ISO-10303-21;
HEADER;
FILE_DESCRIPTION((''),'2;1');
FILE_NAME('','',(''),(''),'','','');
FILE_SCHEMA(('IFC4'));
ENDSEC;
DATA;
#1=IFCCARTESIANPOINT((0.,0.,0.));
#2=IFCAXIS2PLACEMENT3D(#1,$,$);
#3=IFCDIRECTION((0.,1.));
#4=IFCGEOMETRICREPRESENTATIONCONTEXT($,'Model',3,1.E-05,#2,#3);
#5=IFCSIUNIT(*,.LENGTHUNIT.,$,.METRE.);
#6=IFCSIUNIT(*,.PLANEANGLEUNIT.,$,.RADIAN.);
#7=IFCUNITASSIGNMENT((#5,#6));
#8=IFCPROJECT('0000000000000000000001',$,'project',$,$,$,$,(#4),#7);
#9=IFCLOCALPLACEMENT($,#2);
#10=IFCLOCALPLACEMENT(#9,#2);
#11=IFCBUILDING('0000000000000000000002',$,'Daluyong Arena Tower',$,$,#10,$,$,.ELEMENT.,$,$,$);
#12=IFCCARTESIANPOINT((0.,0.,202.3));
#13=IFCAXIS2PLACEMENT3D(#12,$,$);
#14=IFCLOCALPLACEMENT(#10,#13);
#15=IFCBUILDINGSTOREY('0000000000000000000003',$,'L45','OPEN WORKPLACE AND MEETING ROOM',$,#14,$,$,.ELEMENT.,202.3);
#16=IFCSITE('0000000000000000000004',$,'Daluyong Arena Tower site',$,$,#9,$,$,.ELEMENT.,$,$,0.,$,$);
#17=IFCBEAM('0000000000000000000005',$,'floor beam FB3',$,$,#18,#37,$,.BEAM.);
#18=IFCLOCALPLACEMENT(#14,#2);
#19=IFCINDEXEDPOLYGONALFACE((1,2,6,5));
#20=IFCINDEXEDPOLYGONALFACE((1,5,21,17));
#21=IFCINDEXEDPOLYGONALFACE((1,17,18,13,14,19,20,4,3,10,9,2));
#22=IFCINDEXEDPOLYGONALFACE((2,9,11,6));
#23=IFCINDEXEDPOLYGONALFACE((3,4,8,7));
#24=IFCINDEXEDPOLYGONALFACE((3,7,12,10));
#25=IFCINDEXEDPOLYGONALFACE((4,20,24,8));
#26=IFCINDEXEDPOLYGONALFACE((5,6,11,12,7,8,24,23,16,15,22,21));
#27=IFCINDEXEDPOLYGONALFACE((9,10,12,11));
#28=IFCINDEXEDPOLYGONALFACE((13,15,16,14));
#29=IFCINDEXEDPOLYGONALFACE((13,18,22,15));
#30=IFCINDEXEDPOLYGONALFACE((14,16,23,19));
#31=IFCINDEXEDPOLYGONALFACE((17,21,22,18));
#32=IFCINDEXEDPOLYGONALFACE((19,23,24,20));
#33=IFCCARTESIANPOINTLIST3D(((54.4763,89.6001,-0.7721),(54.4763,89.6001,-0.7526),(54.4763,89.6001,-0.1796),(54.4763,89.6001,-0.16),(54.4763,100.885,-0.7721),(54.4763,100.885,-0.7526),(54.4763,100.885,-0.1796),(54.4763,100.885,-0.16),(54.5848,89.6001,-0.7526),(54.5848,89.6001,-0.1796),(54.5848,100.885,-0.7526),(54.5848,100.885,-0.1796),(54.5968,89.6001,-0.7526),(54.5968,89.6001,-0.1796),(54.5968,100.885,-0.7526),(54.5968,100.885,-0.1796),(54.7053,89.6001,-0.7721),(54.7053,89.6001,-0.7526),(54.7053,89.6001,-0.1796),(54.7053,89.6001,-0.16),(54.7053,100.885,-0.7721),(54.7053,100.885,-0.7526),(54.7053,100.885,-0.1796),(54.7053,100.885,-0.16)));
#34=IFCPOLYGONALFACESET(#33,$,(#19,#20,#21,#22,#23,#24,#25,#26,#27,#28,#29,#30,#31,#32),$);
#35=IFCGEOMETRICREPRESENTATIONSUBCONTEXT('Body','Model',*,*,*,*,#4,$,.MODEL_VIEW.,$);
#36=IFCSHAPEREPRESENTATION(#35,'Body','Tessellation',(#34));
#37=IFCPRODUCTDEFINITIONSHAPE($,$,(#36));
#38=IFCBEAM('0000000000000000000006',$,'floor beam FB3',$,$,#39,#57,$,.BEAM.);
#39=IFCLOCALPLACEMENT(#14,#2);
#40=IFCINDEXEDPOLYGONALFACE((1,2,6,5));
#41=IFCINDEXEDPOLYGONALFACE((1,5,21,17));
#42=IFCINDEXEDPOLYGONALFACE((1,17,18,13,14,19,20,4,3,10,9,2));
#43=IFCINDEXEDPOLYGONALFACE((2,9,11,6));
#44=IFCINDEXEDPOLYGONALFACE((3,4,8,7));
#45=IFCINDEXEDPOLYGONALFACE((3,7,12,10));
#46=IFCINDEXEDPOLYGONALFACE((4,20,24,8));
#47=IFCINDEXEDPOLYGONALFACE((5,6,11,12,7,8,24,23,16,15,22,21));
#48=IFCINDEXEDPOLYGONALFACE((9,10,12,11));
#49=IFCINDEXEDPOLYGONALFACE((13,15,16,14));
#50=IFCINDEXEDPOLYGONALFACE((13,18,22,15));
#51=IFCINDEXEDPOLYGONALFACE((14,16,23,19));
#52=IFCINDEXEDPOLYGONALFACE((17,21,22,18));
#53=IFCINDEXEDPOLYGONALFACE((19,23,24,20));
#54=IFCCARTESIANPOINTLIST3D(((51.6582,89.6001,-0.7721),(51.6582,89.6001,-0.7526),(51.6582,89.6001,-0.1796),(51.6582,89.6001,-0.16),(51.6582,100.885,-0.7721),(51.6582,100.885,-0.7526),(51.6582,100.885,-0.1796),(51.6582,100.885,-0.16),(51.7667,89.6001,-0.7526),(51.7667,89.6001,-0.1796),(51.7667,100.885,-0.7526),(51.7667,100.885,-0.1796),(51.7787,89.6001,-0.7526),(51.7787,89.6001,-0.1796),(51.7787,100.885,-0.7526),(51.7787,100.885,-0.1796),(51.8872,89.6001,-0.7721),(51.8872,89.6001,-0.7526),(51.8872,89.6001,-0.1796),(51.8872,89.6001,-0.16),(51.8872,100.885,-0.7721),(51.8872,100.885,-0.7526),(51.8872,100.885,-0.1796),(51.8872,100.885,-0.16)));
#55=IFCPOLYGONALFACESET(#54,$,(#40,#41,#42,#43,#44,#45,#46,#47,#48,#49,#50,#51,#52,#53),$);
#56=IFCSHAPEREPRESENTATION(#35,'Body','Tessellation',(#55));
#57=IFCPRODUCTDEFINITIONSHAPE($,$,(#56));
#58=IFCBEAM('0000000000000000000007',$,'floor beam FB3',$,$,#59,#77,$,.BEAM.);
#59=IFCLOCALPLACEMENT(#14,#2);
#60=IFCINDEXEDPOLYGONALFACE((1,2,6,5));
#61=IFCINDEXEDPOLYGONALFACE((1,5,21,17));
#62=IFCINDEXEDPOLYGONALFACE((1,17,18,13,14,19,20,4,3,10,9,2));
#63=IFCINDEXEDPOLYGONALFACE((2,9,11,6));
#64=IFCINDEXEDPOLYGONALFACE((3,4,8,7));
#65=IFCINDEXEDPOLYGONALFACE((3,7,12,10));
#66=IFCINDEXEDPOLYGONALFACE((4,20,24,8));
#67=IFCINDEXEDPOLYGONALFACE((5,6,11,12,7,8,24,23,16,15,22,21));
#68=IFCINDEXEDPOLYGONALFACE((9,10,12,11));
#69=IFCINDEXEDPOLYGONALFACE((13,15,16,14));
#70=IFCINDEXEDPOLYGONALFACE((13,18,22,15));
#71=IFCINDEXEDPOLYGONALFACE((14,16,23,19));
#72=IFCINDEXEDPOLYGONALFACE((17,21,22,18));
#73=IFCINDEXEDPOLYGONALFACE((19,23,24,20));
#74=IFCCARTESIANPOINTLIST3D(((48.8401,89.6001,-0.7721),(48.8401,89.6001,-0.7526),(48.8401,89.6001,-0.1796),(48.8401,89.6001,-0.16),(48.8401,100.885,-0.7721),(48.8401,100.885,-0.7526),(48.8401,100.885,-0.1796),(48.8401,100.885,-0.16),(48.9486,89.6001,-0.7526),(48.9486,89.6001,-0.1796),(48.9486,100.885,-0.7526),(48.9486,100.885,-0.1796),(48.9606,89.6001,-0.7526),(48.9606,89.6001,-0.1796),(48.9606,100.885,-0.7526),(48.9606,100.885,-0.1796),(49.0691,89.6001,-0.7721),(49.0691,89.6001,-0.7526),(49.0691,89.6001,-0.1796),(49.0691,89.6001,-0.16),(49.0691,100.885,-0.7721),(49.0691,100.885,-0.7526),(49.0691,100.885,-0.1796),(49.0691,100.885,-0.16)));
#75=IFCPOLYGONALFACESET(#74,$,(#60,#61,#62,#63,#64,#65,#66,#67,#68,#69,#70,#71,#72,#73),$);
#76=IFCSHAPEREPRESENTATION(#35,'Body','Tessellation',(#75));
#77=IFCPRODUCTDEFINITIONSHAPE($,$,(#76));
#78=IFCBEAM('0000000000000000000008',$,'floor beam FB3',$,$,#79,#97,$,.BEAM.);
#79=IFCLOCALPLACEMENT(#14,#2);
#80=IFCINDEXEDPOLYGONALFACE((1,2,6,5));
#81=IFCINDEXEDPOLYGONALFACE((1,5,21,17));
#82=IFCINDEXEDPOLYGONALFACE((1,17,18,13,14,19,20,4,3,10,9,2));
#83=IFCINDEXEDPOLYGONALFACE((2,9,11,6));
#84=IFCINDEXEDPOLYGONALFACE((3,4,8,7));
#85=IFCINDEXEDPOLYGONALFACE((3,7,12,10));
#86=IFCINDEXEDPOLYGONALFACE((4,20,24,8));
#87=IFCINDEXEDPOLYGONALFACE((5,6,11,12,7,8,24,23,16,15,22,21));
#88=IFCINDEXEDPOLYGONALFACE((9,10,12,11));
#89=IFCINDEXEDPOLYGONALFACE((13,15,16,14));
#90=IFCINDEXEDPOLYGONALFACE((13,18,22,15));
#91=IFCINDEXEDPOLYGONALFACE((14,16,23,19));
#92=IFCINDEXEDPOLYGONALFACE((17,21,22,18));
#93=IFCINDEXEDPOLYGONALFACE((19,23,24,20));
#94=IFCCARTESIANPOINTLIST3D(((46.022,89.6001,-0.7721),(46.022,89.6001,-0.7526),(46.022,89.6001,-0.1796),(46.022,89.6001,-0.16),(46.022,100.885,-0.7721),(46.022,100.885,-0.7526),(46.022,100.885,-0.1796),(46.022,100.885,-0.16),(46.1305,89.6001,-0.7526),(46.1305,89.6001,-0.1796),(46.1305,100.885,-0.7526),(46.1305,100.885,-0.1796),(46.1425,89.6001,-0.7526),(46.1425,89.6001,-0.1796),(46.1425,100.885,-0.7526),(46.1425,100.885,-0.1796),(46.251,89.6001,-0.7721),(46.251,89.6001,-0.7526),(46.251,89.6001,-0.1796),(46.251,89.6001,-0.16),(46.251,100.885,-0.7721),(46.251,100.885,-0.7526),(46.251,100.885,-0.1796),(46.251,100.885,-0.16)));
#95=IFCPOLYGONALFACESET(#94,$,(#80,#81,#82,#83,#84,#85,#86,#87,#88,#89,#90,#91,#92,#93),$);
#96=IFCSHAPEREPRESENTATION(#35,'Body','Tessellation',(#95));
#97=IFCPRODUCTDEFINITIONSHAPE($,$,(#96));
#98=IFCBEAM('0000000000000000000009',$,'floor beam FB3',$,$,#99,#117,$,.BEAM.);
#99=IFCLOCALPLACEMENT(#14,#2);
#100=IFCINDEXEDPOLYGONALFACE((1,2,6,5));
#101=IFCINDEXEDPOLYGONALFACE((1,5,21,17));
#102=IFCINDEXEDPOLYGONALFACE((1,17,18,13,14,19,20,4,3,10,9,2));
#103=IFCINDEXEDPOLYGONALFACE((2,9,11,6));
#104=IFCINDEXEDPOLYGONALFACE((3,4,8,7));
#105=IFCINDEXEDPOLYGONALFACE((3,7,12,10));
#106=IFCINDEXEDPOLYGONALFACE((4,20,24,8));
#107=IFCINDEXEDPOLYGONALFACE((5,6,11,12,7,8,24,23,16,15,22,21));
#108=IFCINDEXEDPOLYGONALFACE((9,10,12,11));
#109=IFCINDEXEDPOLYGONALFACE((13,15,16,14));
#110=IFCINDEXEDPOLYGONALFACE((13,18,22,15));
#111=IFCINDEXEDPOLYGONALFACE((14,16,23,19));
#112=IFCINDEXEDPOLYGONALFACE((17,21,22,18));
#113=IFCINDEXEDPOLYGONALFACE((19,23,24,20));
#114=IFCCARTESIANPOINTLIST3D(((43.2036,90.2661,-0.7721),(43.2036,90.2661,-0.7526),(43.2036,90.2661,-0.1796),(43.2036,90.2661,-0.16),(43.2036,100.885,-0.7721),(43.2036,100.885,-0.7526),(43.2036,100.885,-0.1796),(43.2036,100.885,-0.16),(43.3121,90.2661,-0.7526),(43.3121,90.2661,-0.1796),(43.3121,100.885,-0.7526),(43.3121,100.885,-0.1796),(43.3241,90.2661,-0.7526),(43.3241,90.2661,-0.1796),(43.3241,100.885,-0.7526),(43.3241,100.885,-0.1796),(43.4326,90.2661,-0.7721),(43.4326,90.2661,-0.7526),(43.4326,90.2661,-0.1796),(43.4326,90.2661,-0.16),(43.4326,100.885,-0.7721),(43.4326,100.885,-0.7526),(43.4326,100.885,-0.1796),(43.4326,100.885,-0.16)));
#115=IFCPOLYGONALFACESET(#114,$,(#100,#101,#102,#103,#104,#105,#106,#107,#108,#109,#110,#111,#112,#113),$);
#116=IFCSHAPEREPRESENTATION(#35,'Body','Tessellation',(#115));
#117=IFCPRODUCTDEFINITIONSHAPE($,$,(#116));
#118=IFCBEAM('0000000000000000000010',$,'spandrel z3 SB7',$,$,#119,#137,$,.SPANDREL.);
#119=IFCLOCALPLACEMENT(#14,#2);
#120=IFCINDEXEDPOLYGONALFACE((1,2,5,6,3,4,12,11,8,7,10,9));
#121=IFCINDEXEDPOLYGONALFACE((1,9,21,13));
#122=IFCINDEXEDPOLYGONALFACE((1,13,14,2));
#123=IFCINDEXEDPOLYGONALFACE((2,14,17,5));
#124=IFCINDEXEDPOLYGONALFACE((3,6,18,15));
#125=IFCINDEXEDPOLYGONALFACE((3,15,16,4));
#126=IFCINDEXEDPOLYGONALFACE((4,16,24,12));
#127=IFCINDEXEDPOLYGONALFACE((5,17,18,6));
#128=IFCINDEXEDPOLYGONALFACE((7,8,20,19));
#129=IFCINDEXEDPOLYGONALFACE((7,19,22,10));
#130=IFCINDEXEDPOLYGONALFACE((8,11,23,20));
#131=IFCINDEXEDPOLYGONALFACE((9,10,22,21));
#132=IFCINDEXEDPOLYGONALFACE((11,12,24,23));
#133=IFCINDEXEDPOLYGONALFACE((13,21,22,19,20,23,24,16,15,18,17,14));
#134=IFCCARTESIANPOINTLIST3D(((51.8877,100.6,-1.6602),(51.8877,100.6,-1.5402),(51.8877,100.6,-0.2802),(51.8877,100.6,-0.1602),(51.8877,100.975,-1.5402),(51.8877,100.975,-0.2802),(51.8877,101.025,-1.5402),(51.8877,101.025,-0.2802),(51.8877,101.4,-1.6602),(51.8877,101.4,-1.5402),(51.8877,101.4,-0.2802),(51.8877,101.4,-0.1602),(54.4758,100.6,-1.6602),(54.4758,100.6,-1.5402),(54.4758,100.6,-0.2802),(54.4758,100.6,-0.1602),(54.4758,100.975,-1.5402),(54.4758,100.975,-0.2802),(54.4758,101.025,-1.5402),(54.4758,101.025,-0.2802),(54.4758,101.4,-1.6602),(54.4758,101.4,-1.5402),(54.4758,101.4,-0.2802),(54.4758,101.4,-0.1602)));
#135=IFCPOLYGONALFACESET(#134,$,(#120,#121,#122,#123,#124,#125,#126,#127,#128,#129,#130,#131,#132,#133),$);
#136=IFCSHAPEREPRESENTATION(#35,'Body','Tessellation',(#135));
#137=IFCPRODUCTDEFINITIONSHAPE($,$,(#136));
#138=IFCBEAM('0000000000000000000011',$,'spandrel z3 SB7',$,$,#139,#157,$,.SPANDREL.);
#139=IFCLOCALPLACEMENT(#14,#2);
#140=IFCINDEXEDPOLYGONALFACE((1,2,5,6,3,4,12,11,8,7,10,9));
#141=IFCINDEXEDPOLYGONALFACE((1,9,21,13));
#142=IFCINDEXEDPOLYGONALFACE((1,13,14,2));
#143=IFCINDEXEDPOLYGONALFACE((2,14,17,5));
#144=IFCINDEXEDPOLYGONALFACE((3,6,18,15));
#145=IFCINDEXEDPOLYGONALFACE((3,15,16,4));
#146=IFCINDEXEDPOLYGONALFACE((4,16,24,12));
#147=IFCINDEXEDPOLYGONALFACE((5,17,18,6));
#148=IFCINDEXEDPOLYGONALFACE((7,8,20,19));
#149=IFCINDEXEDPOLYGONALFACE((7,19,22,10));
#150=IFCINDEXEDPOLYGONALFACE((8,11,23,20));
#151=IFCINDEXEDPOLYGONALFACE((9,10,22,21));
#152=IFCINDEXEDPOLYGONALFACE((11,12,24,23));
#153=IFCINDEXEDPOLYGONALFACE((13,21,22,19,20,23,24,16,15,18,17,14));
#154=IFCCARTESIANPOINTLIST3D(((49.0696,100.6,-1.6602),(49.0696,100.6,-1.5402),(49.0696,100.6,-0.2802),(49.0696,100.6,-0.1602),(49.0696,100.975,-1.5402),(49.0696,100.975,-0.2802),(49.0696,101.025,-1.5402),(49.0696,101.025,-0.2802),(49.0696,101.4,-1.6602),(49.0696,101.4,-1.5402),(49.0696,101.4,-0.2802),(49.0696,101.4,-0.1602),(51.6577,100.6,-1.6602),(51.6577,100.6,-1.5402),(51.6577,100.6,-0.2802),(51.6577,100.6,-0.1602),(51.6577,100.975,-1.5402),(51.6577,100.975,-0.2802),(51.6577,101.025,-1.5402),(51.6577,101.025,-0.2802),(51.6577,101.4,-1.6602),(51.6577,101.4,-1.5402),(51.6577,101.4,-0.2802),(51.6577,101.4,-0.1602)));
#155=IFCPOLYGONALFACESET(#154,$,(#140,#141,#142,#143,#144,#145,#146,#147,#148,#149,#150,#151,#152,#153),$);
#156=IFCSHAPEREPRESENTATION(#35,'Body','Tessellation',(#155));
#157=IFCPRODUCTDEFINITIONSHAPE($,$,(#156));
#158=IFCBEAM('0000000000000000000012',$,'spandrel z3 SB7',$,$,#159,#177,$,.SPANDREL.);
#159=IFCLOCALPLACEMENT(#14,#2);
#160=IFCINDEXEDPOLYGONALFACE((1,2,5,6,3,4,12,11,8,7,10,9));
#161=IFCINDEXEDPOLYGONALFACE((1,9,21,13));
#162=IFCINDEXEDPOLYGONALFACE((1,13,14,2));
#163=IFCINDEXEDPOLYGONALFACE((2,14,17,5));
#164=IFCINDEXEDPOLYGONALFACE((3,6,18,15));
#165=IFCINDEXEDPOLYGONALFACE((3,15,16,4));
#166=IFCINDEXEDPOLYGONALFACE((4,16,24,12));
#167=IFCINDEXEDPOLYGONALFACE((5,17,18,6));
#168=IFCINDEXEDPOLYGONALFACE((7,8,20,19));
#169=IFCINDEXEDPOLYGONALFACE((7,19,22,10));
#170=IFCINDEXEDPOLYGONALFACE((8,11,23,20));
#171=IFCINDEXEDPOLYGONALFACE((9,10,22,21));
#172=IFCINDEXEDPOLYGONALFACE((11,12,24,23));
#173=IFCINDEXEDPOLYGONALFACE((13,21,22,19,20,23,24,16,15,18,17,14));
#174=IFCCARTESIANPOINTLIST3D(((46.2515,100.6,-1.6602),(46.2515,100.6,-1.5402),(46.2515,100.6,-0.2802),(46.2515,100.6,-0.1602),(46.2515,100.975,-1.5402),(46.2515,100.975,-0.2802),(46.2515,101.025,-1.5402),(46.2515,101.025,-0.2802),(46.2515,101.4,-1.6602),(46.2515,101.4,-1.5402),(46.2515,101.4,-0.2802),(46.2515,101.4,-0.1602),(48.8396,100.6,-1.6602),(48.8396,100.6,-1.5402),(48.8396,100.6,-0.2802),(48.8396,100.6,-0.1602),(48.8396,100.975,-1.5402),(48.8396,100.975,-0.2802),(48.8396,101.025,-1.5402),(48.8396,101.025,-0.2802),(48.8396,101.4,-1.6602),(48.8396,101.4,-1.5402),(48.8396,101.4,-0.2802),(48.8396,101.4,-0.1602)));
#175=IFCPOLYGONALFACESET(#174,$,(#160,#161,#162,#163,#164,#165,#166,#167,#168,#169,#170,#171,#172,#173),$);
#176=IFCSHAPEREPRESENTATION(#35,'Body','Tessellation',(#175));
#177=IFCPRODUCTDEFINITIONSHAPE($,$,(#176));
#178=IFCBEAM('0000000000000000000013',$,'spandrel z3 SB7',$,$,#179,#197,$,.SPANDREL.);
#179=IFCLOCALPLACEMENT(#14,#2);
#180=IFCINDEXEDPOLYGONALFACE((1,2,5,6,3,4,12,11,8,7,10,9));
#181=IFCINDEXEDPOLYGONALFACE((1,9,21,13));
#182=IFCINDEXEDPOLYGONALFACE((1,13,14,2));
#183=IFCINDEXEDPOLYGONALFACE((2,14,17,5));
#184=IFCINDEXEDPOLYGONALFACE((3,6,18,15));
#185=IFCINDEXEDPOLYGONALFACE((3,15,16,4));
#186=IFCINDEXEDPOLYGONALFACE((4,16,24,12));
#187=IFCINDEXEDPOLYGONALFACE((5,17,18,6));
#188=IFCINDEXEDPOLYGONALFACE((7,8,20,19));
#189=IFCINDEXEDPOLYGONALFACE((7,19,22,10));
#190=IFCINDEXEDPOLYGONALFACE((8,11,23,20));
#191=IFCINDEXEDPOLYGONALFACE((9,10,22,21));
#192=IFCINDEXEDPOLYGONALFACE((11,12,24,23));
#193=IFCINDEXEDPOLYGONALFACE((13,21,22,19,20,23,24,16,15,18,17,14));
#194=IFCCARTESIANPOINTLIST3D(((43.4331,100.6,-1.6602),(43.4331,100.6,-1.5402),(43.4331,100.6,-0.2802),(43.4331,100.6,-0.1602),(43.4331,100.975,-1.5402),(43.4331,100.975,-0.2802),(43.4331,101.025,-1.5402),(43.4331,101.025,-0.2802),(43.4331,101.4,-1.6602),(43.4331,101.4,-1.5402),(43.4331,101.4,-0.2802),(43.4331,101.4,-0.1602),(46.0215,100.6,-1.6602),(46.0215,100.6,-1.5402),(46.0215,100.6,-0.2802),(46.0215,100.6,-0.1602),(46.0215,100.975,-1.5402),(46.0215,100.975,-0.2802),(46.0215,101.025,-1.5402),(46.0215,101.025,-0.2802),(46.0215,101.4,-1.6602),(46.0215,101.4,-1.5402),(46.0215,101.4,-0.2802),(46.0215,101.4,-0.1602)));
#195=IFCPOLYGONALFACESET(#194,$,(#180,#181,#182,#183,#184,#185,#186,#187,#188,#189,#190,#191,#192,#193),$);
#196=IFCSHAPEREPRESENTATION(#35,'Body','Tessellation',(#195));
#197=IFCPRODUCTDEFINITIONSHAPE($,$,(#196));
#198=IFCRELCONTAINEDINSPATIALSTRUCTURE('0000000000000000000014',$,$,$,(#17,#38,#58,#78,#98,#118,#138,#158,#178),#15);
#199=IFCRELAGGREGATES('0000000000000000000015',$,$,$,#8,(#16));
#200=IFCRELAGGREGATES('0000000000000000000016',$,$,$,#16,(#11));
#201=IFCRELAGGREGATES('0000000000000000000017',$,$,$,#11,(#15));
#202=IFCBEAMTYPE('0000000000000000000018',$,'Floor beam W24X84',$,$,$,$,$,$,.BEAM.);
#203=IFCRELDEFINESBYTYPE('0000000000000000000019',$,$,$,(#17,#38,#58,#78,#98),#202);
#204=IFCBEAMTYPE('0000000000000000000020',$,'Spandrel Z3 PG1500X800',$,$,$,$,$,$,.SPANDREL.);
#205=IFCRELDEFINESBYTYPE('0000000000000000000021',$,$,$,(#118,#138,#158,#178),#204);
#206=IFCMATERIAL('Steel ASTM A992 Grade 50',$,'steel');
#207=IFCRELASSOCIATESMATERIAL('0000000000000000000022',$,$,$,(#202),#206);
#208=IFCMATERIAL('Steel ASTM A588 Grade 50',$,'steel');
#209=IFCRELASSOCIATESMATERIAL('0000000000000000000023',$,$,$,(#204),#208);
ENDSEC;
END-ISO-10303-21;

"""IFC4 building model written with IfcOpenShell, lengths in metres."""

from ifc_helpers import new_model, si_unit, direction, frame, origin, origin_2d, place, context, subcontext, project, spatial, i_section, extrude, material, material_profile, profile_set, type_object, element, save


model = new_model("IFC4")

# Units and contexts
model_context = context("Model", 3, precision=1e-05, world=origin(), true_north=direction((0.0, 1.0)))
body_context = subcontext(model_context, "Body", "Model", "MODEL_VIEW")
ifc_project = project(units=[si_unit("LENGTHUNIT", "METRE"), si_unit("PLANEANGLEUNIT", "RADIAN")], contexts=[model_context])

# Site, building, storey
site_placement = place(None, origin())
site = spatial("IfcSite", under=ifc_project, at=site_placement, Name="Daluyong Arena Tower site", CompositionType="ELEMENT", RefElevation=0.0)
building_placement = place(site_placement, origin())
building = spatial("IfcBuilding", under=site, at=building_placement, Name="Daluyong Arena Tower", CompositionType="ELEMENT")
storey_placement = place(building_placement, frame((0.0, 0.0, 202.3)))
storey = spatial("IfcBuildingStorey", under=building, at=storey_placement, Name="L45", Description="OPEN WORKPLACE AND MEETING ROOM", CompositionType="ELEMENT", Elevation=202.3)

# Beams
ifc_material_1 = material(Name="Steel ASTM A992 Grade 50", Category="steel")
ifc_material_profile_1 = material_profile(ifc_material_1, i_section(OverallWidth=0.229, OverallDepth=0.6121, WebThickness=0.012, FlangeThickness=0.0195, at=origin_2d()))
ifc_profile_set_1 = profile_set([ifc_material_profile_1], Name="Steel ASTM A992 Grade 50")
beam_type_1 = type_object("IfcBeamType", Name="Floor beam W24X84", PredefinedType="BEAM", material=ifc_profile_set_1)
for number, where, z_axis, x_axis, name in (
    (1, (54.5908, 100.885, -0.4661), (0.0, -1.0, 0.0), (1.0, 0.0, 0.0), "floor beam FB3"),
    (2, (51.7727, 100.885, -0.4661), (0.0, -1.0, 0.0), (1.0, 0.0, 0.0), "floor beam FB3"),
    (3, (48.9546, 100.885, -0.4661), (0.0, -1.0, 0.0), (1.0, 0.0, 0.0), "floor beam FB3"),
    (4, (46.1365, 100.885, -0.4661), (0.0, -1.0, 0.0), (1.0, 0.0, 0.0), "floor beam FB3"),
):
    element("IfcBeam", number, at=place(storey_placement, frame(where, z_axis=z_axis, x_axis=x_axis)), inside=storey, type_object=beam_type_1, Name=name, PredefinedType="BEAM", context=body_context, shape_type="SweptSolid", body=[
        extrude(i_section(OverallWidth=0.229, OverallDepth=0.6121, WebThickness=0.012, FlangeThickness=0.0195, at=origin_2d()), origin(), (0.0, 0.0, 1.0), 11.2849),
    ])
beam_1_placement = place(storey_placement, frame((43.3181, 100.885, -0.4661), z_axis=(0.0, -1.0, 0.0), x_axis=(1.0, 0.0, 0.0)))
element("IfcBeam", 5, at=beam_1_placement, inside=storey, type_object=beam_type_1, Name="floor beam FB3", PredefinedType="BEAM", context=body_context, shape_type="SweptSolid", body=[
    extrude(i_section(OverallWidth=0.229, OverallDepth=0.6121, WebThickness=0.012, FlangeThickness=0.0195, at=origin_2d()), origin(), (0.0, 0.0, 1.0), 10.6189),
])
ifc_material_2 = material(Name="Steel ASTM A588 Grade 50", Category="steel")
ifc_material_profile_2 = material_profile(ifc_material_2, i_section(OverallWidth=0.8, OverallDepth=1.5, WebThickness=0.05, FlangeThickness=0.12, at=origin_2d()))
ifc_profile_set_2 = profile_set([ifc_material_profile_2], Name="Steel ASTM A588 Grade 50")
beam_type_2 = type_object("IfcBeamType", Name="Spandrel Z3 PG1500X800", PredefinedType="SPANDREL", material=ifc_profile_set_2)
for number, where, z_axis, x_axis, name in (
    (6, (54.4758, 101.0, -0.9102), (-1.0, 0.0, 0.0), (0.0, -1.0, 0.0), "spandrel z3 SB7"),
    (7, (51.6577, 101.0, -0.9102), (-1.0, 0.0, 0.0), (0.0, -1.0, 0.0), "spandrel z3 SB7"),
    (8, (48.8396, 101.0, -0.9102), (-1.0, 0.0, 0.0), (0.0, -1.0, 0.0), "spandrel z3 SB7"),
):
    element("IfcBeam", number, at=place(storey_placement, frame(where, z_axis=z_axis, x_axis=x_axis)), inside=storey, type_object=beam_type_2, Name=name, PredefinedType="SPANDREL", context=body_context, shape_type="SweptSolid", body=[
        extrude(i_section(OverallWidth=0.8, OverallDepth=1.5, WebThickness=0.05, FlangeThickness=0.12, at=origin_2d()), origin(), (0.0, 0.0, 1.0), 2.5881),
    ])
beam_2_placement = place(storey_placement, frame((46.0215, 101.0, -0.9102), z_axis=(-1.0, 0.0, 0.0), x_axis=(0.0, -1.0, 0.0)))
element("IfcBeam", 9, at=beam_2_placement, inside=storey, type_object=beam_type_2, Name="spandrel z3 SB7", PredefinedType="SPANDREL", context=body_context, shape_type="SweptSolid", body=[
    extrude(i_section(OverallWidth=0.8, OverallDepth=1.5, WebThickness=0.05, FlangeThickness=0.12, at=origin_2d()), origin(), (0.0, 0.0, 1.0), 2.5884),
])

save(model, "model.ifc")
